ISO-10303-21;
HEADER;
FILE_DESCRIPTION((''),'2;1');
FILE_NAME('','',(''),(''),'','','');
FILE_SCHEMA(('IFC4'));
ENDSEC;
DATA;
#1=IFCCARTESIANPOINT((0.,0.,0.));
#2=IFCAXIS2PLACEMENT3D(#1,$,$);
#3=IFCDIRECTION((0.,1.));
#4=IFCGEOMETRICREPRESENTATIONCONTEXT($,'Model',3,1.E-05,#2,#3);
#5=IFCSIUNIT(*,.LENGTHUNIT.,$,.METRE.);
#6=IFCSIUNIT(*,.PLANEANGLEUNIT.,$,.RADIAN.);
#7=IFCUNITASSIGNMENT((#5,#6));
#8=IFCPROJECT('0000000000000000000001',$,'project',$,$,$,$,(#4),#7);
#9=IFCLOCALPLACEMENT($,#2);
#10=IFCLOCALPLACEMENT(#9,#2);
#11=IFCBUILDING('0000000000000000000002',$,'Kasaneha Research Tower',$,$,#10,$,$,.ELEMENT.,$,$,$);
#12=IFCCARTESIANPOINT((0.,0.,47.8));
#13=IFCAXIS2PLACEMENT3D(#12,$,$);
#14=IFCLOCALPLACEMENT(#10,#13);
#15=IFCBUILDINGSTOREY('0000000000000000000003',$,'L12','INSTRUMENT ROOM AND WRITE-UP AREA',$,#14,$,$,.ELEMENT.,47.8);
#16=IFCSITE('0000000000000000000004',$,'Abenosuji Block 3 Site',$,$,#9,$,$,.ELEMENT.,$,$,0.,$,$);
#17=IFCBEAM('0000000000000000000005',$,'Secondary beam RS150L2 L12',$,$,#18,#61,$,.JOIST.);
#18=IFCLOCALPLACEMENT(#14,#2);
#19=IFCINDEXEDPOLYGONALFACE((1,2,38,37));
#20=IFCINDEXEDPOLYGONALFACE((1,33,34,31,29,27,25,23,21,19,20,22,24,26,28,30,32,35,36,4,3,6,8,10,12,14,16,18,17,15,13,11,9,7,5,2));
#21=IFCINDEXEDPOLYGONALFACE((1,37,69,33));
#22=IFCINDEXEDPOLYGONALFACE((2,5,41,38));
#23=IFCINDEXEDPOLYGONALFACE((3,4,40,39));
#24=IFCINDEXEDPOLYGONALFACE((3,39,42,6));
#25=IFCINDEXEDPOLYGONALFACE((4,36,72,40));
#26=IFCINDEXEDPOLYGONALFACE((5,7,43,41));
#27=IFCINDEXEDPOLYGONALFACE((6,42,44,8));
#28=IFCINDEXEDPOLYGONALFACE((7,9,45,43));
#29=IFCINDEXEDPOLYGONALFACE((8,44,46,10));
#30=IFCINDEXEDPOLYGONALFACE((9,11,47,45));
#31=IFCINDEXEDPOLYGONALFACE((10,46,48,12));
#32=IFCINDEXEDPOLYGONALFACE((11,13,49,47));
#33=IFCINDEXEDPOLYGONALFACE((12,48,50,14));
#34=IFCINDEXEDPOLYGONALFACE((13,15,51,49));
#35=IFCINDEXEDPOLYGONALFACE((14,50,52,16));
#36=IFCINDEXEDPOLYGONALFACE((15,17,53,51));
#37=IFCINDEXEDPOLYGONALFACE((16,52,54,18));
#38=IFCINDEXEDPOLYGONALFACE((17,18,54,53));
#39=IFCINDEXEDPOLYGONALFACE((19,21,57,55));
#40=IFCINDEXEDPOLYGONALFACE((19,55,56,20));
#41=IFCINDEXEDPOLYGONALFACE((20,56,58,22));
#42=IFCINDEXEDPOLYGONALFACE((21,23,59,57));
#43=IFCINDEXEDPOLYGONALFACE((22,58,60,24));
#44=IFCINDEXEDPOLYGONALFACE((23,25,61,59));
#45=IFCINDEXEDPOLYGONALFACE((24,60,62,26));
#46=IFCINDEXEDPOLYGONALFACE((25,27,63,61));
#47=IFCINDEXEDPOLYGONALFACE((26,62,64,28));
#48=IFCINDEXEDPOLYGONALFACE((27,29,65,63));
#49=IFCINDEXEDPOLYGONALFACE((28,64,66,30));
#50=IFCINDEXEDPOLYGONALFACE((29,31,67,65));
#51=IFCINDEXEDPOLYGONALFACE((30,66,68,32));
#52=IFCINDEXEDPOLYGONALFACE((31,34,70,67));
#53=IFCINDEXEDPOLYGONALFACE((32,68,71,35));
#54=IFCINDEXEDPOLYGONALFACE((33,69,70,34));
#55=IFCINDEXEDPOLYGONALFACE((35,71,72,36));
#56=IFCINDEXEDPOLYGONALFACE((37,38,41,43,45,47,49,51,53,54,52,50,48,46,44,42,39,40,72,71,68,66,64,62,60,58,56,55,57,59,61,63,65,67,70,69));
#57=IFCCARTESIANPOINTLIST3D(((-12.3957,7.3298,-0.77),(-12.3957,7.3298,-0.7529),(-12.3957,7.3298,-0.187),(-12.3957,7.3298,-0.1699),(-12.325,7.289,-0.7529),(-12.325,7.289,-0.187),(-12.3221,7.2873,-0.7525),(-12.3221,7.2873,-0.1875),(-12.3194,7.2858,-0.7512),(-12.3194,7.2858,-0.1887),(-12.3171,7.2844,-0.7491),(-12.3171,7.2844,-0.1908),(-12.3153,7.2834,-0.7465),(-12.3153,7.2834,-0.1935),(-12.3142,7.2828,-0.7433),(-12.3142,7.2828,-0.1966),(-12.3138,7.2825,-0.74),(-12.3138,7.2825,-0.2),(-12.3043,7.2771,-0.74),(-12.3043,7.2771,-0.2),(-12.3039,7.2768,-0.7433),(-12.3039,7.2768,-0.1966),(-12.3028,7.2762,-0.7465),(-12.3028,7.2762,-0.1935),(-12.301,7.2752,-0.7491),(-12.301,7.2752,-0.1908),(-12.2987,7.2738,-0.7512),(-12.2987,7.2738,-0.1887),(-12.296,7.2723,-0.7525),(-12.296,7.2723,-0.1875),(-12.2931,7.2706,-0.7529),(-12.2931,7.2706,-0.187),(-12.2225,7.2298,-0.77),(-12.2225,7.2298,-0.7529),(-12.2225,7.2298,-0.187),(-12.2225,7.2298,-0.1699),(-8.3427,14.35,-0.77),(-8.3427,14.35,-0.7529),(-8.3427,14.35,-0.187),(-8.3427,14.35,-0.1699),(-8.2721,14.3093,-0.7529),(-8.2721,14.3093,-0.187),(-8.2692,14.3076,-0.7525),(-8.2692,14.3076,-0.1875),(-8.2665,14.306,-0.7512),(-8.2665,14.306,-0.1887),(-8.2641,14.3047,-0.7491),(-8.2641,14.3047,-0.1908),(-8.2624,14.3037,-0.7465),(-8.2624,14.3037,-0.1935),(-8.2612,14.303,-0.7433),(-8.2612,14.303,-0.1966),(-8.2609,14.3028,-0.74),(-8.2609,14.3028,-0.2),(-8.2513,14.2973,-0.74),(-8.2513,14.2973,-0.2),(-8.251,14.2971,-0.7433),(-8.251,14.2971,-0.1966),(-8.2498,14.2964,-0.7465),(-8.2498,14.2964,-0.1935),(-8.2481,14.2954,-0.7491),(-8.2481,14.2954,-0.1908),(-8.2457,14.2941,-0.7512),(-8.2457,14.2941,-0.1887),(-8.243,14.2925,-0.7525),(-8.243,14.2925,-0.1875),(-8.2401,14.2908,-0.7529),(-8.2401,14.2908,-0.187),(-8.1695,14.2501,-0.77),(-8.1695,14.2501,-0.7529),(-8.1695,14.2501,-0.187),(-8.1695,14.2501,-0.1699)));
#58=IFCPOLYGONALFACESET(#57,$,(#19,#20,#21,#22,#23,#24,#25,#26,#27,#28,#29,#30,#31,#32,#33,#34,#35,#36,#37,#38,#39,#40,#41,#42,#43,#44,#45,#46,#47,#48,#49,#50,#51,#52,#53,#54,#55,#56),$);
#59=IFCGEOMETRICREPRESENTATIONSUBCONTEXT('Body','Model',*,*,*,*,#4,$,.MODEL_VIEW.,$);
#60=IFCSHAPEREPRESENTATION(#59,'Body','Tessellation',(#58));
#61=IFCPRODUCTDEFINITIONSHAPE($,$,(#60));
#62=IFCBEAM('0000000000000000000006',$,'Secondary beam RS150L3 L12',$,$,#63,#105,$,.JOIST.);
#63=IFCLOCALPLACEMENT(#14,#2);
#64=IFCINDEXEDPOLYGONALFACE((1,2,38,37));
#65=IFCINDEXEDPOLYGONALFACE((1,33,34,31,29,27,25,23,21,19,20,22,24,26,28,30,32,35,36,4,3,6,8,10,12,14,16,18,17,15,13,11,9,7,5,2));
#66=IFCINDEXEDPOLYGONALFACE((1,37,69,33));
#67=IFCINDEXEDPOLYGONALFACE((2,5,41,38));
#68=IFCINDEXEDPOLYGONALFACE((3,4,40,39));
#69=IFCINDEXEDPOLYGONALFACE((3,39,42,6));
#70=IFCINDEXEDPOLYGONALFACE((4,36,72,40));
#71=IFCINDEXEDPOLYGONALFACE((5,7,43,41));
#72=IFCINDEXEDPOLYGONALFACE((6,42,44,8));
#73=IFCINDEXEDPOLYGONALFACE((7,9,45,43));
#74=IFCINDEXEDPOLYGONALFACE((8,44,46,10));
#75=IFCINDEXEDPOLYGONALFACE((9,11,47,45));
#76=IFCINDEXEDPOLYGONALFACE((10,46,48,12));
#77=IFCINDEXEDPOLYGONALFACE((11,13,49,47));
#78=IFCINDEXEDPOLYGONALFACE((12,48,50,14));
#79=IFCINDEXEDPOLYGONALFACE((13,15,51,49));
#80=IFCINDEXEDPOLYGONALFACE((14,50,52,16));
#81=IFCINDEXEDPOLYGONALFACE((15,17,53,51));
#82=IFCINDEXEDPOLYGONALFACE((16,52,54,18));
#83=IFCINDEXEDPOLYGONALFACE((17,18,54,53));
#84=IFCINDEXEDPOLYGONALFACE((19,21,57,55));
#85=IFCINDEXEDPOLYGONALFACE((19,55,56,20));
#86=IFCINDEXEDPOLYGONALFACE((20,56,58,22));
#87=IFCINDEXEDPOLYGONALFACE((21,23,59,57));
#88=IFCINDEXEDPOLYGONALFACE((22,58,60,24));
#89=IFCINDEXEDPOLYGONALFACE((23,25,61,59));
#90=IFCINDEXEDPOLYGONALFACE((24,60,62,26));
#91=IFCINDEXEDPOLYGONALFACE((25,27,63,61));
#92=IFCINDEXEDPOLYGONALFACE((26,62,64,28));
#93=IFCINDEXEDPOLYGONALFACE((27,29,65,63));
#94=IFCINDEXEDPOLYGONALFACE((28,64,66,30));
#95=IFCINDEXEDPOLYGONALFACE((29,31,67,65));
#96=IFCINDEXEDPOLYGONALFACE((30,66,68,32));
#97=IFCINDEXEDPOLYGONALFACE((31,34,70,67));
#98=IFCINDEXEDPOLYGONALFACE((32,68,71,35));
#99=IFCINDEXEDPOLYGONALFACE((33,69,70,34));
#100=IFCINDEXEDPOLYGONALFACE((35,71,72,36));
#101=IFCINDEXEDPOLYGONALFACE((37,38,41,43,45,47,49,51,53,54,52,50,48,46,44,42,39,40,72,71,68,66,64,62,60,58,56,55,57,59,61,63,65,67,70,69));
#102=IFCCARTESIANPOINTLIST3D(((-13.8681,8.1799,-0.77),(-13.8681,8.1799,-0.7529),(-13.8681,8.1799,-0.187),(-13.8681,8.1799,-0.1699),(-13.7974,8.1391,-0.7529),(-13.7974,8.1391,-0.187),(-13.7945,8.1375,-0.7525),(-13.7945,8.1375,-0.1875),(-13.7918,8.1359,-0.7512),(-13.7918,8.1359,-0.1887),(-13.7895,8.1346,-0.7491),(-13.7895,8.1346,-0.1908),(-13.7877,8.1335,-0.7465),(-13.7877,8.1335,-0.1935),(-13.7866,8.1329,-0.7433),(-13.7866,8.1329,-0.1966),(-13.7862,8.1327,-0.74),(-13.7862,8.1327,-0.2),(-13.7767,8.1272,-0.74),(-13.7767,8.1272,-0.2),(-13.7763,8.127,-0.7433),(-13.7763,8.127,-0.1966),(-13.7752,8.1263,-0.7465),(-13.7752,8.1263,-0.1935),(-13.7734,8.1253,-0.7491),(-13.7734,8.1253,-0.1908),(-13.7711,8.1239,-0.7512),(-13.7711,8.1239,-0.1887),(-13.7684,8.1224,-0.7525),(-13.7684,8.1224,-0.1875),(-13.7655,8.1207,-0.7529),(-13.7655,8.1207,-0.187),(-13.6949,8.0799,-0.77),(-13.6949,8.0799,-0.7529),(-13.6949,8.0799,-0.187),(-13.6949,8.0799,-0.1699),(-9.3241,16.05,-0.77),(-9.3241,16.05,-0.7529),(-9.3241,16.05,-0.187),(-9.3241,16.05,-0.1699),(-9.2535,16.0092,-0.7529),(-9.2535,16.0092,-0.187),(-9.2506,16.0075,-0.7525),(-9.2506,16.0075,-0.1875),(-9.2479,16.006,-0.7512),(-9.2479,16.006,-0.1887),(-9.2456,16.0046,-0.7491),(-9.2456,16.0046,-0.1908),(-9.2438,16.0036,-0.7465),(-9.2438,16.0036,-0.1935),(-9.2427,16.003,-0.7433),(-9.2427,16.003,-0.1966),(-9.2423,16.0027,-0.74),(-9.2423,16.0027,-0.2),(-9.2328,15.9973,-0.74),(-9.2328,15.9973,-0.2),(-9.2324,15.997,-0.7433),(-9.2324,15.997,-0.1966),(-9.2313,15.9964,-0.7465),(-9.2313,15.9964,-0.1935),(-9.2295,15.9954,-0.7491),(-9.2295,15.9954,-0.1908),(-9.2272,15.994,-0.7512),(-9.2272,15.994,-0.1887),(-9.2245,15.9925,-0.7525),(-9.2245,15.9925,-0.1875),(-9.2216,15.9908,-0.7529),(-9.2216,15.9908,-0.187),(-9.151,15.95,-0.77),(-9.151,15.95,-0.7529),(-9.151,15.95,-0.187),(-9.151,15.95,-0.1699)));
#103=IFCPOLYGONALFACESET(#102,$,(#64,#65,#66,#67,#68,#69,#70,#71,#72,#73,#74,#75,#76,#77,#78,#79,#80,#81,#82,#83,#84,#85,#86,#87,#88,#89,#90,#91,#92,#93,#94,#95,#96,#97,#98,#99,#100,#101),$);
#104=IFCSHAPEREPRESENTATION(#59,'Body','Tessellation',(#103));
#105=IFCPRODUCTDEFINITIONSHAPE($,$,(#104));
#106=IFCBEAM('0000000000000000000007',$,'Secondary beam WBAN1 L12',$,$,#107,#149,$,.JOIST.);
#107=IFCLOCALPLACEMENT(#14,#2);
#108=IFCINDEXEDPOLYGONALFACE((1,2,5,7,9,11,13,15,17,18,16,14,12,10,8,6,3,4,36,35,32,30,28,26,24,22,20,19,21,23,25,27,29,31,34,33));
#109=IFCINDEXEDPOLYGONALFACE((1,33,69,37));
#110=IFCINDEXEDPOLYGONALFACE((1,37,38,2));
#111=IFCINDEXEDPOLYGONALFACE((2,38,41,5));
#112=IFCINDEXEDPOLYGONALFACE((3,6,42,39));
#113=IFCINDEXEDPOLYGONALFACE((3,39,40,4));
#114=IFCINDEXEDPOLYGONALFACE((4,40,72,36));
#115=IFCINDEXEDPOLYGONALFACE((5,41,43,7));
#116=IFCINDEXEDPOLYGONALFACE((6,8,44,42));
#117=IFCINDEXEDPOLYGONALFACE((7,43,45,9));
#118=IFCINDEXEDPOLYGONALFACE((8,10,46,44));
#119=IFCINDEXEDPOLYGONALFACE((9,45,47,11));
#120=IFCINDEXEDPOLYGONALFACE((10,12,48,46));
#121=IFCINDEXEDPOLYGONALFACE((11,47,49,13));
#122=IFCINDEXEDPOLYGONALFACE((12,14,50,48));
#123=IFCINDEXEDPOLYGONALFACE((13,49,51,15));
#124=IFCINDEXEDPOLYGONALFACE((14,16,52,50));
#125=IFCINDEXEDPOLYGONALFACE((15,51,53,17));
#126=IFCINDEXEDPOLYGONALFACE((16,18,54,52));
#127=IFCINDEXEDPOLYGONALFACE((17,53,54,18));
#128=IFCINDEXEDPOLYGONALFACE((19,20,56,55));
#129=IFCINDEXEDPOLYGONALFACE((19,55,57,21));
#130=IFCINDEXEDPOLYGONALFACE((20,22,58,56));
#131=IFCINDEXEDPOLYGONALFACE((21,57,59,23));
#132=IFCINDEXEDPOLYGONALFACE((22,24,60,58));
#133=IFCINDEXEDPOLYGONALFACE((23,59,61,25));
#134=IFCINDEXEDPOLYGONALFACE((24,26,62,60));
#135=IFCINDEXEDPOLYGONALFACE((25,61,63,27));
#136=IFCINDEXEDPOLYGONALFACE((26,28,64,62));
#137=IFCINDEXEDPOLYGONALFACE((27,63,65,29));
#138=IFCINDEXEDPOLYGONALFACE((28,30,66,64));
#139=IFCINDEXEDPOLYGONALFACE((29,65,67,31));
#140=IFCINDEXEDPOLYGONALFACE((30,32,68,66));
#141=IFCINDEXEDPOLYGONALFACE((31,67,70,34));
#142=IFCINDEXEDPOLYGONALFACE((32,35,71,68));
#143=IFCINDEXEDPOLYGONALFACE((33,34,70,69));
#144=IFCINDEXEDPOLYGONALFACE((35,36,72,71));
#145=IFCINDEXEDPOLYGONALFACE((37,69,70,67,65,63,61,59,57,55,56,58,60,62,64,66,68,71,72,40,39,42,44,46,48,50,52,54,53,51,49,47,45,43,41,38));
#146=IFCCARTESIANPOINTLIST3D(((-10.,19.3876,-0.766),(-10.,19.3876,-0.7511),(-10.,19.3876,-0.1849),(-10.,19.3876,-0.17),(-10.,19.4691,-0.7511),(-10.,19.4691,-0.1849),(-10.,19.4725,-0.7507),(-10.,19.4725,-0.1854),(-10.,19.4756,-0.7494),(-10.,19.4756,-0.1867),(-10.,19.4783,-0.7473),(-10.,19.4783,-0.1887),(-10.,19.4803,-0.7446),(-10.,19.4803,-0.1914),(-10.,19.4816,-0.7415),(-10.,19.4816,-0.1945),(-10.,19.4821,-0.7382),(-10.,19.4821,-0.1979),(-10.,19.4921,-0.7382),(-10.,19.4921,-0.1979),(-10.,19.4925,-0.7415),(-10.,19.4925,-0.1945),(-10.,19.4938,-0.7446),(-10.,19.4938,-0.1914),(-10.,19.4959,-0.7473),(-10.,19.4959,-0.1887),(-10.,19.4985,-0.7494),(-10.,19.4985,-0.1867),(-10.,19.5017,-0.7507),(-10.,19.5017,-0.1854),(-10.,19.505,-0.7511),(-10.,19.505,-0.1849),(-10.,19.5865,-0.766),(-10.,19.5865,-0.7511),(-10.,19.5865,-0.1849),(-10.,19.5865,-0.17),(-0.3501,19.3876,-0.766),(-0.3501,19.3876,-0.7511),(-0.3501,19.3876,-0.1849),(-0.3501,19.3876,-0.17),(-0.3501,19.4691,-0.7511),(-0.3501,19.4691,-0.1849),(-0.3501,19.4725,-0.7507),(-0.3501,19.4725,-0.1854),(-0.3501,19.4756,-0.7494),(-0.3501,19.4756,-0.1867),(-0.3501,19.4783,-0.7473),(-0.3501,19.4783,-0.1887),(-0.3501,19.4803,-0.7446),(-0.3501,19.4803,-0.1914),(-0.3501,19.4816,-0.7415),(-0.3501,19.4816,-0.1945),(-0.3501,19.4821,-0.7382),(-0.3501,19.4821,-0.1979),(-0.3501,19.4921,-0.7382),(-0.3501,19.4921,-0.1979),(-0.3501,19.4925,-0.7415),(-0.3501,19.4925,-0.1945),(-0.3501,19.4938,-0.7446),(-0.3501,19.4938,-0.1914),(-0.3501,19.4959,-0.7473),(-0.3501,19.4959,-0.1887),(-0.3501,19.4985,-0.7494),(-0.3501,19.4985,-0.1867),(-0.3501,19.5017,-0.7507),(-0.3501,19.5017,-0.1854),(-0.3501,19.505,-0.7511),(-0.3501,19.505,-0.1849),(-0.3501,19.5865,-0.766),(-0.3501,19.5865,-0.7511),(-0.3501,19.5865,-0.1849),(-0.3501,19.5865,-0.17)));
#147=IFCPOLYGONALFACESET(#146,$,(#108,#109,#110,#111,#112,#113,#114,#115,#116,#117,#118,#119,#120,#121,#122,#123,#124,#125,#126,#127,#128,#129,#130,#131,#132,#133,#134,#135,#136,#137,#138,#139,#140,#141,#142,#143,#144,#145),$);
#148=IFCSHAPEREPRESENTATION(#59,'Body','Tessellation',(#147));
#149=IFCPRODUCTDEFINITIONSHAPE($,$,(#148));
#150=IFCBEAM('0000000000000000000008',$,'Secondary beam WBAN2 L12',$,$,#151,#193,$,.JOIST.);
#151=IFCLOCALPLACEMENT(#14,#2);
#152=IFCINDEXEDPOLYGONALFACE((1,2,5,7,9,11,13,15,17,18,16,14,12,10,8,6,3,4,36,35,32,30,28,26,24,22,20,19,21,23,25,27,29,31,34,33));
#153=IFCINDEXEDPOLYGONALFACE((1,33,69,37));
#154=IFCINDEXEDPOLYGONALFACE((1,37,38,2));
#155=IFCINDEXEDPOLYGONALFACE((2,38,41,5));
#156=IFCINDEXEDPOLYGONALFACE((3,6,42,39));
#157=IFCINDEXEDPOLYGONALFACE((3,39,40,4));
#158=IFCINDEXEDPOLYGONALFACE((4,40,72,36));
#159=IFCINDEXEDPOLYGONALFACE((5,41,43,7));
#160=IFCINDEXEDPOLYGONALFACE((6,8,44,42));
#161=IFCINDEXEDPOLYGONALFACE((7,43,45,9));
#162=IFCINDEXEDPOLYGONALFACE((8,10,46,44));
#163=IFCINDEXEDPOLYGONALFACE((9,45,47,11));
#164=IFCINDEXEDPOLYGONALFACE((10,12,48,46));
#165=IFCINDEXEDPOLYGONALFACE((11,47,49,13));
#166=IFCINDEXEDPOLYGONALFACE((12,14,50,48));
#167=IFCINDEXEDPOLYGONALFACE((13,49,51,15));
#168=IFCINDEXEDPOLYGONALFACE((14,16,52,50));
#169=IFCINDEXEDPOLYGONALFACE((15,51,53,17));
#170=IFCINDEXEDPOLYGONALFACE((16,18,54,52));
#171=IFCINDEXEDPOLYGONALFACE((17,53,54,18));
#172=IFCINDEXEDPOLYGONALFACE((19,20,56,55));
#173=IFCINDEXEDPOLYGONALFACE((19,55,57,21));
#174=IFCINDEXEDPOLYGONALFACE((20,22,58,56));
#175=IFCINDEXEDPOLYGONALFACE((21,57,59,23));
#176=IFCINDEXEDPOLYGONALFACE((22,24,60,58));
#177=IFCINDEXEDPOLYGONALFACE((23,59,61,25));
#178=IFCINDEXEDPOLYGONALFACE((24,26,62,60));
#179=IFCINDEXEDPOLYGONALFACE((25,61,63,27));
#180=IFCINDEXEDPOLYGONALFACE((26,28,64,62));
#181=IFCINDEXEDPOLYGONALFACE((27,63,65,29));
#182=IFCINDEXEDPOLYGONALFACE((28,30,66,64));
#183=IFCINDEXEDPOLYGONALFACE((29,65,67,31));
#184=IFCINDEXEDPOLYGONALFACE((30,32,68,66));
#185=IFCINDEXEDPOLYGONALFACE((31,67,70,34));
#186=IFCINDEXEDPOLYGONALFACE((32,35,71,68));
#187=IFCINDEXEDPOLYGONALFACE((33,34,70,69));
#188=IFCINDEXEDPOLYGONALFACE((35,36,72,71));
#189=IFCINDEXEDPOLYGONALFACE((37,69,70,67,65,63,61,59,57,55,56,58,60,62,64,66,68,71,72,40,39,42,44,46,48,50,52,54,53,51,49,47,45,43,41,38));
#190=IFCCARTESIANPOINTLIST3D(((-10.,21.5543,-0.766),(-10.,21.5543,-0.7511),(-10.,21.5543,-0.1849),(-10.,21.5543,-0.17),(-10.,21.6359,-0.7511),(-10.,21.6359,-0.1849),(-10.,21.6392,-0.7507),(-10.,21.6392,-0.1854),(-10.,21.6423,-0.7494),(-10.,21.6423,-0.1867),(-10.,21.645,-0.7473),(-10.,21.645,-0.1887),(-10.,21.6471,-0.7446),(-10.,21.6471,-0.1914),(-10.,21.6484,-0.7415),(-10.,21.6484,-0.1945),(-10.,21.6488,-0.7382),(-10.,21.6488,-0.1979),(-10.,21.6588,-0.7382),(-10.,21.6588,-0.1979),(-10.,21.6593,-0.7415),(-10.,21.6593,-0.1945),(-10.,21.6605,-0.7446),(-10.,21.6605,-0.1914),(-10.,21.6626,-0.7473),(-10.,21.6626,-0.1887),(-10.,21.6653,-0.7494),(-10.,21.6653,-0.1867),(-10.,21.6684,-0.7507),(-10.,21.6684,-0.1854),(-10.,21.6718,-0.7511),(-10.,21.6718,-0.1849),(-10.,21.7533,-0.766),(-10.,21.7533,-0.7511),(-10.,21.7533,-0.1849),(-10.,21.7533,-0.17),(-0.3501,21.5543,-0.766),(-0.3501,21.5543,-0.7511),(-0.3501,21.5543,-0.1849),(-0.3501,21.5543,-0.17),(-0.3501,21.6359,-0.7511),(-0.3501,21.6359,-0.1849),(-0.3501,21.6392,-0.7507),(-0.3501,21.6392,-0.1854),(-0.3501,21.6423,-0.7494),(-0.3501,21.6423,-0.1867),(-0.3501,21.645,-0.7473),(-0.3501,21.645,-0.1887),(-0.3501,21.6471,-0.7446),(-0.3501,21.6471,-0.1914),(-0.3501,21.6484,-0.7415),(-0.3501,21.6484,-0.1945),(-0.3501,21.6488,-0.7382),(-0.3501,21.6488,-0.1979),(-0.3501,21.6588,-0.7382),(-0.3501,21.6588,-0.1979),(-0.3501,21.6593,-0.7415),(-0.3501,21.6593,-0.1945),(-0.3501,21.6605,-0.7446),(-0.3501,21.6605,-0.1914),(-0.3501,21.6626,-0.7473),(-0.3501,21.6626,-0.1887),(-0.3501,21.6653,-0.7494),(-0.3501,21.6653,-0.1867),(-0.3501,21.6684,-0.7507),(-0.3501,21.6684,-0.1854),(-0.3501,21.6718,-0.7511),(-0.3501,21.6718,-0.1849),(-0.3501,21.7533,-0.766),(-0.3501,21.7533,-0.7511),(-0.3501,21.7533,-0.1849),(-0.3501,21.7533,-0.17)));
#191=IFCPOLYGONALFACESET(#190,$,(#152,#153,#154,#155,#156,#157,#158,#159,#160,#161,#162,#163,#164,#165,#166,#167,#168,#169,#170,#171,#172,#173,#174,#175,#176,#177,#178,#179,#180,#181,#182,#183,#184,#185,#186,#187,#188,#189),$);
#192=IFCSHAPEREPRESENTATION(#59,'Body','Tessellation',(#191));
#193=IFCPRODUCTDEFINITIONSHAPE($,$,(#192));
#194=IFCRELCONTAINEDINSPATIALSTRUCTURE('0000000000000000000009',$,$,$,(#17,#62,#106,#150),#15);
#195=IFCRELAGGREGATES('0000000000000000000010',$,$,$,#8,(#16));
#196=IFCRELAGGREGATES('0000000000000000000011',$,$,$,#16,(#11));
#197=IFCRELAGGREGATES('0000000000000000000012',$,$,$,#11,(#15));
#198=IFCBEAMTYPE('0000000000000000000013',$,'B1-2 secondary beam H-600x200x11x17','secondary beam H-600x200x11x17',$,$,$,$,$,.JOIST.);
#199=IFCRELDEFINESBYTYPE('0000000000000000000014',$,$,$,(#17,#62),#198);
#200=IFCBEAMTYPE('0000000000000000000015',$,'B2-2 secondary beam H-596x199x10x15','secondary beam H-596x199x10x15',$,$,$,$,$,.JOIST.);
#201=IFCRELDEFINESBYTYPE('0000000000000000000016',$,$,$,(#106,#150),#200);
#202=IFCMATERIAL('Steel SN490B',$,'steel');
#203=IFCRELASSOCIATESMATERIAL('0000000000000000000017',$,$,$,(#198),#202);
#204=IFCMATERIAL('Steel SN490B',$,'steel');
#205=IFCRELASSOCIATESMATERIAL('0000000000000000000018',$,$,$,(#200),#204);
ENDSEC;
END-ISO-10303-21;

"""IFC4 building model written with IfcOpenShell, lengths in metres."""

from ifc_helpers import new_model, si_unit, direction, frame, origin, origin_2d, place, context, subcontext, project, spatial, i_section, extrude, material, material_profile, profile_set, type_object, element, save


model = new_model("IFC4")

# Units and contexts
model_context = context("Model", 3, precision=1e-05, world=origin(), true_north=direction((0.0, 1.0)))
body_context = subcontext(model_context, "Body", "Model", "MODEL_VIEW")
ifc_project = project(units=[si_unit("LENGTHUNIT", "METRE"), si_unit("PLANEANGLEUNIT", "RADIAN")], contexts=[model_context])

# Site, building, storey
site_placement = place(None, origin())
site = spatial("IfcSite", under=ifc_project, at=site_placement, Name="Abenosuji Block 3 Site", CompositionType="ELEMENT", RefElevation=0.0)
building_placement = place(site_placement, origin())
building = spatial("IfcBuilding", under=site, at=building_placement, Name="Kasaneha Research Tower", CompositionType="ELEMENT")
storey_placement = place(building_placement, frame((0.0, 0.0, 47.8)))
storey = spatial("IfcBuildingStorey", under=building, at=storey_placement, Name="L12", Description="INSTRUMENT ROOM AND WRITE-UP AREA", CompositionType="ELEMENT", Elevation=47.8)

# Beams
ifc_material_1 = material(Name="Steel SN490B", Category="steel")
ifc_material_profile_1 = material_profile(ifc_material_1, i_section(OverallWidth=0.2, OverallDepth=0.6001, WebThickness=0.011, FlangeThickness=0.0171, FilletRadius=0.0129, at=origin_2d()), Name="H-600x200x11x17")
ifc_profile_set_1 = profile_set([ifc_material_profile_1], Name="Steel SN490B")
beam_type_1 = type_object("IfcBeamType", Name="B1-2 secondary beam H-600x200x11x17", Description="secondary beam H-600x200x11x17", PredefinedType="JOIST", material=ifc_profile_set_1)
beam_1_placement = place(storey_placement, frame((-8.2561, 14.3, -0.47), z_axis=(-0.499984, -0.866035, 0.0), x_axis=(0.866035, -0.499984, 0.0)))
element("IfcBeam", 1, at=beam_1_placement, inside=storey, type_object=beam_type_1, Name="Secondary beam RS150L2 L12", PredefinedType="JOIST", context=body_context, shape_type="SweptSolid", body=[
    extrude(i_section(OverallWidth=0.2, OverallDepth=0.6001, WebThickness=0.011, FlangeThickness=0.0171, FilletRadius=0.0129, at=origin_2d()), origin(), (0.0, 0.0, 1.0), 8.1062),
])
beam_2_placement = place(storey_placement, frame((-9.2375, 16.0, -0.47), z_axis=(-0.500011, -0.866019, 0.0), x_axis=(0.866019, -0.500011, 0.0)))
element("IfcBeam", 2, at=beam_2_placement, inside=storey, type_object=beam_type_1, Name="Secondary beam RS150L3 L12", PredefinedType="JOIST", context=body_context, shape_type="SweptSolid", body=[
    extrude(i_section(OverallWidth=0.2, OverallDepth=0.6001, WebThickness=0.011, FlangeThickness=0.0171, FilletRadius=0.0129, at=origin_2d()), origin(), (0.0, 0.0, 1.0), 9.0876),
])
ifc_material_2 = material(Name="Steel SN490B", Category="steel")
ifc_material_profile_2 = material_profile(ifc_material_2, i_section(OverallWidth=0.199, OverallDepth=0.5959, WebThickness=0.01, FlangeThickness=0.0149, FilletRadius=0.0129, at=origin_2d()), Name="H-596x199x10x15")
ifc_profile_set_2 = profile_set([ifc_material_profile_2], Name="Steel SN490B")
beam_type_2 = type_object("IfcBeamType", Name="B2-2 secondary beam H-596x199x10x15", Description="secondary beam H-596x199x10x15", PredefinedType="JOIST", material=ifc_profile_set_2)
for number, where, z_axis, x_axis, name in (
    (3, (-10.0, 19.4871, -0.468), (1.0, 0.0, 0.0), (0.0, 1.0, 0.0), "Secondary beam WBAN1 L12"),
    (4, (-10.0, 21.6538, -0.468), (1.0, 0.0, 0.0), (0.0, 1.0, 0.0), "Secondary beam WBAN2 L12"),
):
    element("IfcBeam", number, at=place(storey_placement, frame(where, z_axis=z_axis, x_axis=x_axis)), inside=storey, type_object=beam_type_2, Name=name, PredefinedType="JOIST", context=body_context, shape_type="SweptSolid", body=[
        extrude(i_section(OverallWidth=0.199, OverallDepth=0.5959, WebThickness=0.01, FlangeThickness=0.0149, FilletRadius=0.0129, at=origin_2d()), origin(), (0.0, 0.0, 1.0), 9.6499),
    ])

save(model, "model.ifc")
